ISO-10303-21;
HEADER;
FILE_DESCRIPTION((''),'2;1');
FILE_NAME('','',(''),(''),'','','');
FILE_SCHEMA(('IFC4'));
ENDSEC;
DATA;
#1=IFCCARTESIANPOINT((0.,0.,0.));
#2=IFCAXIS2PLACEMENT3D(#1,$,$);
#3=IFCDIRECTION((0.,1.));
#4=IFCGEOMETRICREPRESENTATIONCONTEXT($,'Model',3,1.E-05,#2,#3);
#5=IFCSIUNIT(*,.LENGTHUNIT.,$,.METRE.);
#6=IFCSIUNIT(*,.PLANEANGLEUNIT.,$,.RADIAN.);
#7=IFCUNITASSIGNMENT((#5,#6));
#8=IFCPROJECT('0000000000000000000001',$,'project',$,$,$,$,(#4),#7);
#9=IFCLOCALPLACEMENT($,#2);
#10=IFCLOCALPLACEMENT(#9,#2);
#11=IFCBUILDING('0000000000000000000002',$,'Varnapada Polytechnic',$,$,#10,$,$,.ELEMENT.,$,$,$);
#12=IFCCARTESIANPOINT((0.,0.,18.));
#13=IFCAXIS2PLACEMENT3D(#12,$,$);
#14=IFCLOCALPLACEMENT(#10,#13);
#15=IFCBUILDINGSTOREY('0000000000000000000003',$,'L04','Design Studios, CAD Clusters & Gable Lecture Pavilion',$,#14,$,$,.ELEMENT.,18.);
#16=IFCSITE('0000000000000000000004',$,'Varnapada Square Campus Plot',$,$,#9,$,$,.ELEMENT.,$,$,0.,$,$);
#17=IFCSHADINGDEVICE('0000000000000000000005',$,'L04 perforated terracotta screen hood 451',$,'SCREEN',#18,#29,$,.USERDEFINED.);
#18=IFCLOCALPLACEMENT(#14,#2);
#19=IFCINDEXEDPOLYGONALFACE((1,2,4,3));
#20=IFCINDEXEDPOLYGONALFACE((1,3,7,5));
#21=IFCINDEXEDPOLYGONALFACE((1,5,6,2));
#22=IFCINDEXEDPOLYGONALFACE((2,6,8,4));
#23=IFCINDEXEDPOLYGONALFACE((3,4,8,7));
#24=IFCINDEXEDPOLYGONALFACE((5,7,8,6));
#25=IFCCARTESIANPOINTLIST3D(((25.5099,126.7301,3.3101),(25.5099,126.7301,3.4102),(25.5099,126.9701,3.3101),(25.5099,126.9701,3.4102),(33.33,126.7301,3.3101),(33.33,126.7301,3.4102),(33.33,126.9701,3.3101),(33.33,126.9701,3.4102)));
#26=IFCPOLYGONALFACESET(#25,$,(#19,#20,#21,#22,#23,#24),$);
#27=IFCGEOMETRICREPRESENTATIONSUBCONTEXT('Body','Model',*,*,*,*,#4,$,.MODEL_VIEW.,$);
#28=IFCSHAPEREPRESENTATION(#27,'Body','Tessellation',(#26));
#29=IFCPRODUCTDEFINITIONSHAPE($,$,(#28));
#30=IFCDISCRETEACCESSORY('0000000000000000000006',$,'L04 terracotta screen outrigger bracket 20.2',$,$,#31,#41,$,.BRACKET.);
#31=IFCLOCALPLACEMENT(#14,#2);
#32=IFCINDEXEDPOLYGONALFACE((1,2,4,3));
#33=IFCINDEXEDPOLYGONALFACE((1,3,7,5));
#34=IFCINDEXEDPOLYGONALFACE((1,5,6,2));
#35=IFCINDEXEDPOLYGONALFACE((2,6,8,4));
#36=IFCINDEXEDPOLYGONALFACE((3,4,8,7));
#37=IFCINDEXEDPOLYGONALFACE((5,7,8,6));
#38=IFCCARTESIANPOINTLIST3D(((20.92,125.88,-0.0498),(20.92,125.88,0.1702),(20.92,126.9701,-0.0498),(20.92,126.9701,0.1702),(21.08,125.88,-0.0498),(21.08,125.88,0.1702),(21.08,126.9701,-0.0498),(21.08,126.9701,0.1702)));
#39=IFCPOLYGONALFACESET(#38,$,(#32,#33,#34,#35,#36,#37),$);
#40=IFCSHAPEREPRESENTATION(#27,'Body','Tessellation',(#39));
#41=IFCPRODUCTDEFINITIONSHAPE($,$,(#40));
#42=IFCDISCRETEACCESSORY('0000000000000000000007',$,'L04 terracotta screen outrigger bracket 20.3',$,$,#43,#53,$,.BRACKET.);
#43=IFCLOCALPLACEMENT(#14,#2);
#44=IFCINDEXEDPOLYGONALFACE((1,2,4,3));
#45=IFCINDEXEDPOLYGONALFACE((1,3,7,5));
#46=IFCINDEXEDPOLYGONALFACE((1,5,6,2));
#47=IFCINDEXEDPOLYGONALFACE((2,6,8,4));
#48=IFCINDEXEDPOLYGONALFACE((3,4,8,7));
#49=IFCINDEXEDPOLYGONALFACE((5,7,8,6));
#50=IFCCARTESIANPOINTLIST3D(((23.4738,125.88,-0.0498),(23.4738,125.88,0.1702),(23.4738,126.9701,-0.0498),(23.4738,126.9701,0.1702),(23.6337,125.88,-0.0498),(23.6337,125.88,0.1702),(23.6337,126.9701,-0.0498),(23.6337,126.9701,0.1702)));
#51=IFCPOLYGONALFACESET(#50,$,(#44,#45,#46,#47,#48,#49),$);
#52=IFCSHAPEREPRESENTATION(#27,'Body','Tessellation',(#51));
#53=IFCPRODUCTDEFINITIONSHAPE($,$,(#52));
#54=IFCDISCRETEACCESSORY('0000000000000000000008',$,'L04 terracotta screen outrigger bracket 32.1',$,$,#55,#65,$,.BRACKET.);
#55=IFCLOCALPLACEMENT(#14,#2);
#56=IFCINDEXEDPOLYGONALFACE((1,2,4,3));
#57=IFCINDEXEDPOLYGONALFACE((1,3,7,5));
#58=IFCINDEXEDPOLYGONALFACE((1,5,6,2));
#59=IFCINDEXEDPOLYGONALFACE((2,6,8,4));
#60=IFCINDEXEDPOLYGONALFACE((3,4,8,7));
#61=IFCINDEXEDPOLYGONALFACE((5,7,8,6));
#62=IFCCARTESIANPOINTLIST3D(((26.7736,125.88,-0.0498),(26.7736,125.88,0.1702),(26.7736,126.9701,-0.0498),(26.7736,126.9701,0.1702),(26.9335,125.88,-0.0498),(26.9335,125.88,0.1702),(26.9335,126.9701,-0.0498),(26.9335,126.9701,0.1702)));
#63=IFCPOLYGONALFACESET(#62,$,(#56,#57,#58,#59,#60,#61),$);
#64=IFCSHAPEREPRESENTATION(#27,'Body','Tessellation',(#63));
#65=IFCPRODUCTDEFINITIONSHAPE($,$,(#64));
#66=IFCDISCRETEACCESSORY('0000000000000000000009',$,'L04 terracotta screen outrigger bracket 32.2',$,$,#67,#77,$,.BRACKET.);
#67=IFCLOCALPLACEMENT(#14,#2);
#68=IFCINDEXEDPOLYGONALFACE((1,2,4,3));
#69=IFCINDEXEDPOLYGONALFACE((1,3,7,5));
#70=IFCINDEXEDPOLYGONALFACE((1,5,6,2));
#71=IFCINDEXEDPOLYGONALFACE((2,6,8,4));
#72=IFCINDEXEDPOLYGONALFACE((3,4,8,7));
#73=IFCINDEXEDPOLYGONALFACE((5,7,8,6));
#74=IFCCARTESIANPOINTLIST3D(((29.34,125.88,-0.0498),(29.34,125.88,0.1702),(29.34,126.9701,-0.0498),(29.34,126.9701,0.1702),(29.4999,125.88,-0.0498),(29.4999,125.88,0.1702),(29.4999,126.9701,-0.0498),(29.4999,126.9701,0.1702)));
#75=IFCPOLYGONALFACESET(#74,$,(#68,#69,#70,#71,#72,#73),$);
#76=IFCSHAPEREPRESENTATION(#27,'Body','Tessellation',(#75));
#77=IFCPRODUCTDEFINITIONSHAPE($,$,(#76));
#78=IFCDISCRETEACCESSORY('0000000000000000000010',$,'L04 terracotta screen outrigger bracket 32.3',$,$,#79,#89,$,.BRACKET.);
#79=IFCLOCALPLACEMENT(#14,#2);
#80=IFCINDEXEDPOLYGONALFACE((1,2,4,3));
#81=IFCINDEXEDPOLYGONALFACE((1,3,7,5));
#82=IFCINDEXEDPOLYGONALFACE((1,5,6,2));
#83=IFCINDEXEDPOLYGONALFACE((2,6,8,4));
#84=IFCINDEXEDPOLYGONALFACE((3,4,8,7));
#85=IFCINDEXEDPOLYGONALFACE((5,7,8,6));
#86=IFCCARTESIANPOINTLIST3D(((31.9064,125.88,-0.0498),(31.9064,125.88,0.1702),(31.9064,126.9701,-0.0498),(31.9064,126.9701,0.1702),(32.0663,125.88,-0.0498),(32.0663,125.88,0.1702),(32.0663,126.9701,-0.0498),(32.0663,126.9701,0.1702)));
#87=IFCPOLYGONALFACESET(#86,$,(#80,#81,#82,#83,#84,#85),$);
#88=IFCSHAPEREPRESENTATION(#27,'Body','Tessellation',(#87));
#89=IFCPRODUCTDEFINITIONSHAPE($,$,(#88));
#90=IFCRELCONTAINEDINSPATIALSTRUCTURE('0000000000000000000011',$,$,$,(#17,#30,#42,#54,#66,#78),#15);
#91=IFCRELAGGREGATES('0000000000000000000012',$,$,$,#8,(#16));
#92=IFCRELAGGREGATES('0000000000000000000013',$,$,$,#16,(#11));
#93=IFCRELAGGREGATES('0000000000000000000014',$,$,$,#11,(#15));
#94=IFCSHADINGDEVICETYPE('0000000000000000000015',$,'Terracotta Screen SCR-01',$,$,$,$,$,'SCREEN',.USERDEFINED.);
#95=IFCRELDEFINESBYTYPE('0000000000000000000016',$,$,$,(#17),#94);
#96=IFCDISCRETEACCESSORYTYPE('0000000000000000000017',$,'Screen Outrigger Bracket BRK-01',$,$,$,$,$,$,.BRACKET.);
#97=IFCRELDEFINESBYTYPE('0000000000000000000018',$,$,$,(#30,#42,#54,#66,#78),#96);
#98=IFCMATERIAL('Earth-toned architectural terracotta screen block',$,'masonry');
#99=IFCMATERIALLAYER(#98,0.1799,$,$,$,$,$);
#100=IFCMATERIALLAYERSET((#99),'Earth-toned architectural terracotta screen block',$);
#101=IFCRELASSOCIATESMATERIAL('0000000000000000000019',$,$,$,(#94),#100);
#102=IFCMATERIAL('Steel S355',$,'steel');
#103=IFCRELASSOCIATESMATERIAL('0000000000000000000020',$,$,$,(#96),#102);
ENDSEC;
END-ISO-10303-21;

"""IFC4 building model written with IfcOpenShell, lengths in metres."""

from ifc_helpers import new_model, si_unit, direction, frame, origin, origin_2d, place, context, subcontext, project, spatial, rectangle, extrude, material, layer, layer_set, type_object, element, save


model = new_model("IFC4")

# Units and contexts
model_context = context("Model", 3, precision=1e-05, world=origin(), true_north=direction((0.0, 1.0)))
body_context = subcontext(model_context, "Body", "Model", "MODEL_VIEW")
ifc_project = project(units=[si_unit("LENGTHUNIT", "METRE"), si_unit("PLANEANGLEUNIT", "RADIAN")], contexts=[model_context])

# Site, building, storey
site_placement = place(None, origin())
site = spatial("IfcSite", under=ifc_project, at=site_placement, Name="Varnapada Square Campus Plot", CompositionType="ELEMENT", RefElevation=0.0)
building_placement = place(site_placement, origin())
building = spatial("IfcBuilding", under=site, at=building_placement, Name="Varnapada Polytechnic", CompositionType="ELEMENT")
storey_placement = place(building_placement, frame((0.0, 0.0, 18.0)))
storey = spatial("IfcBuildingStorey", under=building, at=storey_placement, Name="L04", Description="Design Studios, CAD Clusters & Gable Lecture Pavilion", CompositionType="ELEMENT", Elevation=18.0)

# Shared definitions
ifc_material_1 = material(Name="Earth-toned architectural terracotta screen block", Category="masonry")

# Shading device
ifc_layer_1 = layer(ifc_material_1, 0.1799)
ifc_layer_set_1 = layer_set([ifc_layer_1], Name="Earth-toned architectural terracotta screen block")
shading_device_type = type_object("IfcShadingDeviceType", Name="Terracotta Screen SCR-01", ElementType="SCREEN", PredefinedType="USERDEFINED", material=ifc_layer_set_1)
shading_device_1_placement = place(storey_placement, frame((29.4199, 126.8501, 3.3101), z_axis=(0.0, 0.0, 1.0), x_axis=(1.0, 0.0, 0.0)))
element("IfcShadingDevice", 1, at=shading_device_1_placement, inside=storey, type_object=shading_device_type, Name="L04 perforated terracotta screen hood 451", ObjectType="SCREEN", PredefinedType="USERDEFINED", context=body_context, shape_type="SweptSolid", body=[
    extrude(rectangle(XDim=7.8201, YDim=0.24, at=origin_2d()), origin(), (0.0, 0.0, 1.0), 0.1001),
])

# Discrete accessories
ifc_material_2 = material(Name="Steel S355", Category="steel")
discrete_accessory_type = type_object("IfcDiscreteAccessoryType", Name="Screen Outrigger Bracket BRK-01", PredefinedType="BRACKET", material=ifc_material_2)
for number, where, z_axis, x_axis, name in (
    (2, (21.0, 126.425, -0.0498), (0.0, 0.0, 1.0), (1.0, 0.0, 0.0), "L04 terracotta screen outrigger bracket 20.2"),
    (3, (23.5537, 126.425, -0.0498), (0.0, 0.0, 1.0), (1.0, 0.0, 0.0), "L04 terracotta screen outrigger bracket 20.3"),
    (4, (26.8535, 126.425, -0.0498), (0.0, 0.0, 1.0), (1.0, 0.0, 0.0), "L04 terracotta screen outrigger bracket 32.1"),
    (5, (29.4199, 126.425, -0.0498), (0.0, 0.0, 1.0), (1.0, 0.0, 0.0), "L04 terracotta screen outrigger bracket 32.2"),
    (6, (31.9863, 126.425, -0.0498), (0.0, 0.0, 1.0), (1.0, 0.0, 0.0), "L04 terracotta screen outrigger bracket 32.3"),
):
    element("IfcDiscreteAccessory", number, at=place(storey_placement, frame(where, z_axis=z_axis, x_axis=x_axis)), inside=storey, type_object=discrete_accessory_type, Name=name, PredefinedType="BRACKET", context=body_context, shape_type="SweptSolid", body=[
        extrude(rectangle(XDim=0.1599, YDim=1.0901, at=origin_2d()), origin(), (0.0, 0.0, 1.0), 0.22),
    ])

save(model, "model.ifc")
